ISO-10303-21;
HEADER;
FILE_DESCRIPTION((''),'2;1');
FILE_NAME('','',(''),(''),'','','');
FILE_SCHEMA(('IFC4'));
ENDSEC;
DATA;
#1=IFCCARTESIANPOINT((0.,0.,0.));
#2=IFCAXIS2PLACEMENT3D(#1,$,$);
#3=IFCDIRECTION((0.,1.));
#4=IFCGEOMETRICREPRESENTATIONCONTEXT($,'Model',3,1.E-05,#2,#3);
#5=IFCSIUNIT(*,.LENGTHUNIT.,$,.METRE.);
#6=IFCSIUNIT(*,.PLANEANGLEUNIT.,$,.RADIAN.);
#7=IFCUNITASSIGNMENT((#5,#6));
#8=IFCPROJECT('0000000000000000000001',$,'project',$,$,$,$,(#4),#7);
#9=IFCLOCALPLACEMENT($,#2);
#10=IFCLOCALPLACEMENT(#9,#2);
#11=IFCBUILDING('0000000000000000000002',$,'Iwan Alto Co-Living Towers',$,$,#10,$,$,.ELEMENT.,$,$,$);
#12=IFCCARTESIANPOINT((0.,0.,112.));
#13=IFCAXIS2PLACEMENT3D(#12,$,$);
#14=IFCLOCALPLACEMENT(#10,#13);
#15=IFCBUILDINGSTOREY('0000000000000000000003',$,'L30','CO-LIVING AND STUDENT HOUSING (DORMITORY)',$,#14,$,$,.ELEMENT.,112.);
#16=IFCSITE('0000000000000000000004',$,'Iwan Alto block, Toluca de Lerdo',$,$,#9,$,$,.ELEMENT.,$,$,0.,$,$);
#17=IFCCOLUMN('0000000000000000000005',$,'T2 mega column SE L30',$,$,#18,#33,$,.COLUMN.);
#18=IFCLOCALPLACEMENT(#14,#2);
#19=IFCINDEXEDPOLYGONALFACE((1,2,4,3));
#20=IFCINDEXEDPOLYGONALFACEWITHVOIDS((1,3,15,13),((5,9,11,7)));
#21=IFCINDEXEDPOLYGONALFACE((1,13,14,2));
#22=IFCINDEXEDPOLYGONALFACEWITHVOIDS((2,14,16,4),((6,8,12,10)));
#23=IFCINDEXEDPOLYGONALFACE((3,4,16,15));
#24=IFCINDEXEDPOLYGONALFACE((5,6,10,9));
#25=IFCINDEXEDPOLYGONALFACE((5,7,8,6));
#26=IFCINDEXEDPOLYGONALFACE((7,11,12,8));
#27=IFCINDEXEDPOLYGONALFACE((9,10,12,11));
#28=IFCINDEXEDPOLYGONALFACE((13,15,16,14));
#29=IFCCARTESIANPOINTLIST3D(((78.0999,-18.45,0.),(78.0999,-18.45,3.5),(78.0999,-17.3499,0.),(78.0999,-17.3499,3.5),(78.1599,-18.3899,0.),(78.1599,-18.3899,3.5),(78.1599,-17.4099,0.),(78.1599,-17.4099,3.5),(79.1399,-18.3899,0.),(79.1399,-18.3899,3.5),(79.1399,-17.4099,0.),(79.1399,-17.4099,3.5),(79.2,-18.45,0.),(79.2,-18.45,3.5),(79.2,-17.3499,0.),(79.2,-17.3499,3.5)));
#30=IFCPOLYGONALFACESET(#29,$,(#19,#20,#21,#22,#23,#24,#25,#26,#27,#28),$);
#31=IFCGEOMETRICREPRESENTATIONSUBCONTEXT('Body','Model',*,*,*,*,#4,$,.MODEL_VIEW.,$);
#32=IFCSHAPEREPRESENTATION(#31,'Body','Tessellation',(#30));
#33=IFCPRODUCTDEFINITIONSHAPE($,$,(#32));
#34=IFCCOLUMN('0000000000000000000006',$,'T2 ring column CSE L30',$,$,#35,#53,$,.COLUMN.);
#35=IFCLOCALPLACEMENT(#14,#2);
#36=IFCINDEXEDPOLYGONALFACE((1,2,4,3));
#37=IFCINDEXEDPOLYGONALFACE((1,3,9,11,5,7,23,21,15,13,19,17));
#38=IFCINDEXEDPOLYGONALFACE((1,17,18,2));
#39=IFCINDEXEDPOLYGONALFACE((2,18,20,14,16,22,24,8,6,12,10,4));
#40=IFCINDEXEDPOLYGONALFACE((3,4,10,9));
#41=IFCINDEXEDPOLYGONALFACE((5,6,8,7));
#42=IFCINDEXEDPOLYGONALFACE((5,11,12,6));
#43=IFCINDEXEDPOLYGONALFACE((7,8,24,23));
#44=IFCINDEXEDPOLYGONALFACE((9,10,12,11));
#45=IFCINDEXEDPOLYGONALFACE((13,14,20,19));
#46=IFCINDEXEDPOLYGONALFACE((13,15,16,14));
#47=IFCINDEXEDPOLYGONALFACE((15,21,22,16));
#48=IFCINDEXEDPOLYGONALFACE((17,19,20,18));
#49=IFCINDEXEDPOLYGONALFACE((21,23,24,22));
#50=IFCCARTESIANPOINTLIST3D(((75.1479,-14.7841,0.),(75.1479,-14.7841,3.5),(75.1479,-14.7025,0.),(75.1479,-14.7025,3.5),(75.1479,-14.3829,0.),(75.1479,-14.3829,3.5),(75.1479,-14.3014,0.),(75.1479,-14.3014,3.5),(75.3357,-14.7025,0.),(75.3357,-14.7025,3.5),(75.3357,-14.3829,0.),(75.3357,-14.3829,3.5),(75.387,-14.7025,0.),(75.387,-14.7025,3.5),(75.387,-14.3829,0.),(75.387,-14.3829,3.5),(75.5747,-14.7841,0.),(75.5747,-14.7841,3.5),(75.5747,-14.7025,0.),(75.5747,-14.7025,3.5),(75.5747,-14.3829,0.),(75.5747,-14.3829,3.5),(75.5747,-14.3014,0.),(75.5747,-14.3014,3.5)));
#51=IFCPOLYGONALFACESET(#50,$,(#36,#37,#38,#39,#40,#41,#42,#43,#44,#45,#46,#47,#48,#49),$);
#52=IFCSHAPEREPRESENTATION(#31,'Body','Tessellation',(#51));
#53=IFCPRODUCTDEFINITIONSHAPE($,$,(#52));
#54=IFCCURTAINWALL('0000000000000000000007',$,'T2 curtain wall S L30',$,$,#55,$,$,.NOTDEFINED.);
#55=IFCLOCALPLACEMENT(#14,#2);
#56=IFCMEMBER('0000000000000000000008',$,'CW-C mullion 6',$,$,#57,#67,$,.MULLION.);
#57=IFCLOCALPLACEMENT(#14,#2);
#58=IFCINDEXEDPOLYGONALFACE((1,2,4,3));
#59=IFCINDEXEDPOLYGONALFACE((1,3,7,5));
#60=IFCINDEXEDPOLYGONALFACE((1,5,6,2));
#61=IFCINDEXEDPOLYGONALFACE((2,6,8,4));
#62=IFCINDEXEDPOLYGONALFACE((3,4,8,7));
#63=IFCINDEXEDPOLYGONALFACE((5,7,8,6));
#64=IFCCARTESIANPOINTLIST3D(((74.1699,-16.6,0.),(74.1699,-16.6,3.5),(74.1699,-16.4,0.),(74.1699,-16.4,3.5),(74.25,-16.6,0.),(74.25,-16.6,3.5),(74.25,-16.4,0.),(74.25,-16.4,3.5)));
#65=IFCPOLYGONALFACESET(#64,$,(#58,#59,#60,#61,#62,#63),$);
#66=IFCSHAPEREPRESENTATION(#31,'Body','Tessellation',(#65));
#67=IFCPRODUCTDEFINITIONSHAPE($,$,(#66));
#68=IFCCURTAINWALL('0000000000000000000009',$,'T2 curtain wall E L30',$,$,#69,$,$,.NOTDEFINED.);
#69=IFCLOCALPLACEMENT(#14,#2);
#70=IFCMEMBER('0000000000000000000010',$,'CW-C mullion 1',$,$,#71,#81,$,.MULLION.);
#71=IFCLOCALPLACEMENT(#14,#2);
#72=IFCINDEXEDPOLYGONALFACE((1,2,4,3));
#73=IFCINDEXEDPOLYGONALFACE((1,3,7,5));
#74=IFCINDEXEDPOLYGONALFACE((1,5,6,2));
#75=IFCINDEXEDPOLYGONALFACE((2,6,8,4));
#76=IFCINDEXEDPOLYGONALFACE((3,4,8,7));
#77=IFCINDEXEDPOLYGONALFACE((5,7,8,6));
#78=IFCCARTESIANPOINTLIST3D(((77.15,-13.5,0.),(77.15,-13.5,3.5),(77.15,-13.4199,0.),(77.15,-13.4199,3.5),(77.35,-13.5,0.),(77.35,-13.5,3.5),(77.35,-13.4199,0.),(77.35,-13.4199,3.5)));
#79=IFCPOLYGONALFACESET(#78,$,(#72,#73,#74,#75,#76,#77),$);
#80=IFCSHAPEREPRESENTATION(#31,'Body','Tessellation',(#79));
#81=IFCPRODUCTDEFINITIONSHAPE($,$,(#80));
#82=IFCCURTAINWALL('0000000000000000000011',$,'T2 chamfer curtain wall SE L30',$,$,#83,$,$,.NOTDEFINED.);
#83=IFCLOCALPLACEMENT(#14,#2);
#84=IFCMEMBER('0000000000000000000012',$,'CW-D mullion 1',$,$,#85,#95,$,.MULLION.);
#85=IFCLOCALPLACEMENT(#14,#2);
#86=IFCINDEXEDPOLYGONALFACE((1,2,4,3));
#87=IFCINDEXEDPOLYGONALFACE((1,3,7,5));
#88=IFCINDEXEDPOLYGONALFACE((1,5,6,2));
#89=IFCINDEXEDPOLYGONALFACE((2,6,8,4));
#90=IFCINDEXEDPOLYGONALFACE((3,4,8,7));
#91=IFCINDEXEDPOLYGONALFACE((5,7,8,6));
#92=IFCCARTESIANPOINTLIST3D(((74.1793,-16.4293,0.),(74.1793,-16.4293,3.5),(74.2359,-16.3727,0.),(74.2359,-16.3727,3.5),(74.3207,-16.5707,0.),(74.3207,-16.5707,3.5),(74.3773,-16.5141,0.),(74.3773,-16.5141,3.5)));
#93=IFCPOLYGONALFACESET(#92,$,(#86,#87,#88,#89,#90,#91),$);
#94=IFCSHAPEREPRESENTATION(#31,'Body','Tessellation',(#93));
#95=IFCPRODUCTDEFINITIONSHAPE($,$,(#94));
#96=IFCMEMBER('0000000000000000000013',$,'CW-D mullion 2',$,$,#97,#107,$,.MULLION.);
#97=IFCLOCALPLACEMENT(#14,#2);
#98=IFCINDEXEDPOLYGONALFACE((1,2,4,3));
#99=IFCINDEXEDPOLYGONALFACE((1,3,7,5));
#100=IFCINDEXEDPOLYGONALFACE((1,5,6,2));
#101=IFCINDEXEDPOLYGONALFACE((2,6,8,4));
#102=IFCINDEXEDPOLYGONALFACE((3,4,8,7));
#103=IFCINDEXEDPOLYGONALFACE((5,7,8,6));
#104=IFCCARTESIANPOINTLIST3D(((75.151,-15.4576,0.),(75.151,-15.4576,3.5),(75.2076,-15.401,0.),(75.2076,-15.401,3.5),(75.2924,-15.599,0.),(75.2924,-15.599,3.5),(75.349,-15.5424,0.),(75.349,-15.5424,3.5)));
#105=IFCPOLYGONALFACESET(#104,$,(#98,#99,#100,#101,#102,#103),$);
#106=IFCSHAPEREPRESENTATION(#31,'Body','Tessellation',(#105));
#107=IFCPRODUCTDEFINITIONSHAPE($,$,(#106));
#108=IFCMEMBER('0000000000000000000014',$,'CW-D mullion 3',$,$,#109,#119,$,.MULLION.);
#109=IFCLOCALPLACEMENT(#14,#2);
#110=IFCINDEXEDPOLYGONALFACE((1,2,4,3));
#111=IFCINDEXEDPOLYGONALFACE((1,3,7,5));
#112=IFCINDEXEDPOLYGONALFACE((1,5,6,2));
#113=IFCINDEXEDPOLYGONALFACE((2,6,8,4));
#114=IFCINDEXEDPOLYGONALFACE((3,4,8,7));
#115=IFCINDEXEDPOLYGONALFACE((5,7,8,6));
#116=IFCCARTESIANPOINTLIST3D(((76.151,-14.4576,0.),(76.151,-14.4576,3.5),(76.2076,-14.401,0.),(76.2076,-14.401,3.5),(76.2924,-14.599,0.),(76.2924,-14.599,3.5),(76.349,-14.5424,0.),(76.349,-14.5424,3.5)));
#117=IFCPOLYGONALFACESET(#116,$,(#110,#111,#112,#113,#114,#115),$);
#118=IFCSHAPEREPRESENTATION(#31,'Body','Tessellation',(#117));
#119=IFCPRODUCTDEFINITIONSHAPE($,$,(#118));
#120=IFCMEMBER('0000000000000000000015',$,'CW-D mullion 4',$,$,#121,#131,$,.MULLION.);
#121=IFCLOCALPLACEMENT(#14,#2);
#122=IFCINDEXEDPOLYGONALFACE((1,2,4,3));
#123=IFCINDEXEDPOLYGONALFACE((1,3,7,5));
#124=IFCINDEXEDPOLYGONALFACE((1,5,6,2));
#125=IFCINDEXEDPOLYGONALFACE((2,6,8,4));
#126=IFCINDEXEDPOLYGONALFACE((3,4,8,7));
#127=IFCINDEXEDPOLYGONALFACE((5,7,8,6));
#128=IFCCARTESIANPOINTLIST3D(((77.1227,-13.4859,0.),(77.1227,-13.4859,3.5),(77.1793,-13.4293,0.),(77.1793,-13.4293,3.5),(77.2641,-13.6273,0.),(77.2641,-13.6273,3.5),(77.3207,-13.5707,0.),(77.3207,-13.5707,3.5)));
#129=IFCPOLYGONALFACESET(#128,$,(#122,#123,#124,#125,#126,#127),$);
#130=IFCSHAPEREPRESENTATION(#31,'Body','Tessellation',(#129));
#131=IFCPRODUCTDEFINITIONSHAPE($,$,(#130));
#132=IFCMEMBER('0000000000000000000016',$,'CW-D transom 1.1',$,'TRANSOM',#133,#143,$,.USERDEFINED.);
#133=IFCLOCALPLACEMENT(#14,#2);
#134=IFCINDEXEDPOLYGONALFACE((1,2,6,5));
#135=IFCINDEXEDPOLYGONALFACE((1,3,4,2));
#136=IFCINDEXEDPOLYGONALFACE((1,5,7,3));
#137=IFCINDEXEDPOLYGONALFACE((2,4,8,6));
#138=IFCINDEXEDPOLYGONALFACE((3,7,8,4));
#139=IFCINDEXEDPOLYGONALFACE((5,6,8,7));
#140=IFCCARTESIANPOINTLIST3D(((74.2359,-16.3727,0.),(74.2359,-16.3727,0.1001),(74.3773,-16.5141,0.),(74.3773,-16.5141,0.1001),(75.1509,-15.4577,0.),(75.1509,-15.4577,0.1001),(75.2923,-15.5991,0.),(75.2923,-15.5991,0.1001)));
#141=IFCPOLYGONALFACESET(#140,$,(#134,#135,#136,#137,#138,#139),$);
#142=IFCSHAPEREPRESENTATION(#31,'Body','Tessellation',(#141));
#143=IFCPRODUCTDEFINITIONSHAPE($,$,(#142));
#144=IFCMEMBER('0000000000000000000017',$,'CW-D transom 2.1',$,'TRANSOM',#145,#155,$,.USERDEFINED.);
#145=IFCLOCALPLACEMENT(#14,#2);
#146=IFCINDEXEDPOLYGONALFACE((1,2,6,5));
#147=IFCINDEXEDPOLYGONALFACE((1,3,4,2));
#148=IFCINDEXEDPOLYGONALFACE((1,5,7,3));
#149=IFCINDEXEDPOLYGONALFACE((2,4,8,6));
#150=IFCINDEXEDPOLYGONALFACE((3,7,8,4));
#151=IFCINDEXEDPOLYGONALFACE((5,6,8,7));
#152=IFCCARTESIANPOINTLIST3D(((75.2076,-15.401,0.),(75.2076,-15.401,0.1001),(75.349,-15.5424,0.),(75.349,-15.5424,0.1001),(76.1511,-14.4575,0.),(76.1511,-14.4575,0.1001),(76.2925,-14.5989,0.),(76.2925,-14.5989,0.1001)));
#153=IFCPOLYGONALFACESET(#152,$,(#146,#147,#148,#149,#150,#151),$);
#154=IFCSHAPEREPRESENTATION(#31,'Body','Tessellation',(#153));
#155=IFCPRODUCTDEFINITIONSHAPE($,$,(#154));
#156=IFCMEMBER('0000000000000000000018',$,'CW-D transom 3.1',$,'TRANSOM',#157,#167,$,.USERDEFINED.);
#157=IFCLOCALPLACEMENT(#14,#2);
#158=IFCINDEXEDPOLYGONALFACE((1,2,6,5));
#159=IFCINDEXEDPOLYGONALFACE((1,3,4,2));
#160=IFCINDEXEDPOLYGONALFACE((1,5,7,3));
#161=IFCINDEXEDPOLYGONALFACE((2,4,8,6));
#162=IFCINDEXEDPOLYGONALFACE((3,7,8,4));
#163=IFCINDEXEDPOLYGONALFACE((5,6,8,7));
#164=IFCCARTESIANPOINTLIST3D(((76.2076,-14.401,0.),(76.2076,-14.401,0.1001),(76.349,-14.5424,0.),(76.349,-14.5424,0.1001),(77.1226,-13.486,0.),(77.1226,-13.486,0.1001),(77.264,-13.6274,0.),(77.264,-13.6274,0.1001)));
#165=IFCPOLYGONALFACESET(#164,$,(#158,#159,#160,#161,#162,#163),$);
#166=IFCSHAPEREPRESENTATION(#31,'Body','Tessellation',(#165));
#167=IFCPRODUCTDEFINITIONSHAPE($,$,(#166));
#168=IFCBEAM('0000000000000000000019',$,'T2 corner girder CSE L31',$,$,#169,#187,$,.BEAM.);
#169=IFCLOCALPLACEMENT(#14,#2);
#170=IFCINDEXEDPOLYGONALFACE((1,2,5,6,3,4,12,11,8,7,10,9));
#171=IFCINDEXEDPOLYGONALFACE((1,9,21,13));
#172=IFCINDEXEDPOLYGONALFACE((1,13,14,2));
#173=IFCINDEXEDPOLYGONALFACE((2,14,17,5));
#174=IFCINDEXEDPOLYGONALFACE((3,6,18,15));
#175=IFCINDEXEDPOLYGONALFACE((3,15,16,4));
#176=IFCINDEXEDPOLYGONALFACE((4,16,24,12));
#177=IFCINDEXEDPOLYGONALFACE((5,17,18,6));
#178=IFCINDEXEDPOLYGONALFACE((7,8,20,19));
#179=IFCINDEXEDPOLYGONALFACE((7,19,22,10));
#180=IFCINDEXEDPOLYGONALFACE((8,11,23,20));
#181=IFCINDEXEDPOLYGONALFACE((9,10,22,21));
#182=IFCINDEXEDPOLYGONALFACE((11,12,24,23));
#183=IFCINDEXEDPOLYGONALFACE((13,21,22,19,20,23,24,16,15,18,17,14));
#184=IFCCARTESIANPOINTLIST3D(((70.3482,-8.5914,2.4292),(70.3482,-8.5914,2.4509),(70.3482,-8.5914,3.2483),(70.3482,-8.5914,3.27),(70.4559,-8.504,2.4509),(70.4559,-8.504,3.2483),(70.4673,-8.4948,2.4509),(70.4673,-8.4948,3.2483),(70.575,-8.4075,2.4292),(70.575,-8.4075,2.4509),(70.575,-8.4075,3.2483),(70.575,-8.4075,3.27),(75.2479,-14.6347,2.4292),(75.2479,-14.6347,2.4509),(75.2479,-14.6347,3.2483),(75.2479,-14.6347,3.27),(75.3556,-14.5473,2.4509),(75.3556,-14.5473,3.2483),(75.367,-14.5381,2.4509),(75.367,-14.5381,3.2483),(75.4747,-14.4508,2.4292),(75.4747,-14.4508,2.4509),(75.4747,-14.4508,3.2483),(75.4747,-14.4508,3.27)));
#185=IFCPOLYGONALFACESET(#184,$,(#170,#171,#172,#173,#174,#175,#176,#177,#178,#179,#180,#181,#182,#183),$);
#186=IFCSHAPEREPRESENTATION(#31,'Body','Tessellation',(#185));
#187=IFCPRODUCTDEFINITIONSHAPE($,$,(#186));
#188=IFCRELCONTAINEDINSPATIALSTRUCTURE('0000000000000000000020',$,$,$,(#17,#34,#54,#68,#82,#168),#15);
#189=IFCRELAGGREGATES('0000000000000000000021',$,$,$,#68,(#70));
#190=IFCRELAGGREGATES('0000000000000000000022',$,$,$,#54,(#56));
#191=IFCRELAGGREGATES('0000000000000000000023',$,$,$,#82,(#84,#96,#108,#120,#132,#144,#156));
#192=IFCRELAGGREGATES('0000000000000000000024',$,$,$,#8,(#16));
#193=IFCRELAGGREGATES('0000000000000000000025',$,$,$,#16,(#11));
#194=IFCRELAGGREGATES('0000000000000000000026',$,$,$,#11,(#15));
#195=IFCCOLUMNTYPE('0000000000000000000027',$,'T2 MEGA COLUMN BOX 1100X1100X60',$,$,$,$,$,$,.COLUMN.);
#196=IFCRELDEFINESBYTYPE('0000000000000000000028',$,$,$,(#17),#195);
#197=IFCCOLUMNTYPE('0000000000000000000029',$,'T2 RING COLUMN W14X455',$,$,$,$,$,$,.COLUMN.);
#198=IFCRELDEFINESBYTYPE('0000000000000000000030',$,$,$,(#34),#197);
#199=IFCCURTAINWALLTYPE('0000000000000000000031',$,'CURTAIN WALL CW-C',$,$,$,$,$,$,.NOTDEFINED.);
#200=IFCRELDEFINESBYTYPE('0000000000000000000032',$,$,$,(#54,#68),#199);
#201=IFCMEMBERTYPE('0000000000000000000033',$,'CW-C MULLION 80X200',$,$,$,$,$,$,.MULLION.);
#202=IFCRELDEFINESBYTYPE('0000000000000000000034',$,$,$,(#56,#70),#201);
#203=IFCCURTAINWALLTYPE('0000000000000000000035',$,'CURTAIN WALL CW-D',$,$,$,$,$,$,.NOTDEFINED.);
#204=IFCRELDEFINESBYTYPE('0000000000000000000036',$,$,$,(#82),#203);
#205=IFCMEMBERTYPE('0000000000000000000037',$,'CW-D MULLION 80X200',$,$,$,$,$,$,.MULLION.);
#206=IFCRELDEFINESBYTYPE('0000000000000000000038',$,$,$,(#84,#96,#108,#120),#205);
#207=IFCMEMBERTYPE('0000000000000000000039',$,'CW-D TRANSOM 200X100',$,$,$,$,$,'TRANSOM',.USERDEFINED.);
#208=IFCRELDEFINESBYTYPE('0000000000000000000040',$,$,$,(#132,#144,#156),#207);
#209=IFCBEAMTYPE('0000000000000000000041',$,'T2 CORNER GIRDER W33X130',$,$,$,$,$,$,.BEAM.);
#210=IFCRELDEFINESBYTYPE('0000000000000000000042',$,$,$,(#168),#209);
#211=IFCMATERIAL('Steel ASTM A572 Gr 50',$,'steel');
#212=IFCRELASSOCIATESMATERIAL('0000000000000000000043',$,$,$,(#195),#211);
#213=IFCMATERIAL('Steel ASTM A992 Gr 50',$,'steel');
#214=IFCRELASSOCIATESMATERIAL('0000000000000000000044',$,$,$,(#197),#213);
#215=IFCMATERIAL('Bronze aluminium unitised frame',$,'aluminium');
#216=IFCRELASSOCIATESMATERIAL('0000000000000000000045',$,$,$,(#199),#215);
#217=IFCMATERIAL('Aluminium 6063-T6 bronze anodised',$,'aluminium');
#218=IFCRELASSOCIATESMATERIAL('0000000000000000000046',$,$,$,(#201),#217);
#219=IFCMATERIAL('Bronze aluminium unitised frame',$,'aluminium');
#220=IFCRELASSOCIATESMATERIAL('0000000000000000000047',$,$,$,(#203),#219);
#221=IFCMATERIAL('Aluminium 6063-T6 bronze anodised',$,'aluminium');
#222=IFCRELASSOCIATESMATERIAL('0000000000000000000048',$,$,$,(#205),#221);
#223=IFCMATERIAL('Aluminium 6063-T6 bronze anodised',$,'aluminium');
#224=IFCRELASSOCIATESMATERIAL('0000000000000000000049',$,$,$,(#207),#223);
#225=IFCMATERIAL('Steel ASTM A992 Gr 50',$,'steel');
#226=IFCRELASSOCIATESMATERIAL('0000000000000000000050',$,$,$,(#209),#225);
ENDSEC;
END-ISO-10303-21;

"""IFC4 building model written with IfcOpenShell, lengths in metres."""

from ifc_helpers import new_model, si_unit, direction, frame, origin, origin_2d, place, context, subcontext, project, spatial, rectangle, hollow_rectangle, i_section, extrude, material, material_profile, profile_set, type_object, element, aggregate, save


model = new_model("IFC4")

# Units and contexts
model_context = context("Model", 3, precision=1e-05, world=origin(), true_north=direction((0.0, 1.0)))
body_context = subcontext(model_context, "Body", "Model", "MODEL_VIEW")
ifc_project = project(units=[si_unit("LENGTHUNIT", "METRE"), si_unit("PLANEANGLEUNIT", "RADIAN")], contexts=[model_context])

# Site, building, storey
site_placement = place(None, origin())
site = spatial("IfcSite", under=ifc_project, at=site_placement, Name="Iwan Alto block, Toluca de Lerdo", CompositionType="ELEMENT", RefElevation=0.0)
building_placement = place(site_placement, origin())
building = spatial("IfcBuilding", under=site, at=building_placement, Name="Iwan Alto Co-Living Towers", CompositionType="ELEMENT")
storey_placement = place(building_placement, frame((0.0, 0.0, 112.0)))
storey = spatial("IfcBuildingStorey", under=building, at=storey_placement, Name="L30", Description="CO-LIVING AND STUDENT HOUSING (DORMITORY)", CompositionType="ELEMENT", Elevation=112.0)

# Columns
ifc_material_1 = material(Name="Steel ASTM A572 Gr 50", Category="steel")
ifc_material_profile_1 = material_profile(ifc_material_1, hollow_rectangle(XDim=1.1001, YDim=1.1001, WallThickness=0.0601, at=origin_2d()), Name="BOX 1100X1100X60")
ifc_profile_set_1 = profile_set([ifc_material_profile_1], Name="Steel ASTM A572 Gr 50")
column_type_1 = type_object("IfcColumnType", Name="T2 MEGA COLUMN BOX 1100X1100X60", PredefinedType="COLUMN", material=ifc_profile_set_1)
column_1_placement = place(storey_placement, frame((78.6499, -17.8999, 0.0), z_axis=(0.0, 0.0, 1.0), x_axis=(1.0, 0.0, 0.0)))
element("IfcColumn", 1, at=column_1_placement, inside=storey, type_object=column_type_1, Name="T2 mega column SE L30", PredefinedType="COLUMN", context=body_context, shape_type="SweptSolid", body=[
    extrude(hollow_rectangle(XDim=1.1001, YDim=1.1001, WallThickness=0.0601, at=origin_2d()), origin(), (0.0, 0.0, 1.0), 3.5),
])
ifc_material_2 = material(Name="Steel ASTM A992 Gr 50", Category="steel")
ifc_material_profile_2 = material_profile(ifc_material_2, i_section(OverallWidth=0.4268, OverallDepth=0.4827, WebThickness=0.0513, FlangeThickness=0.0815, at=origin_2d()), Name="W14X455")
ifc_profile_set_2 = profile_set([ifc_material_profile_2], Name="Steel ASTM A992 Gr 50")
column_type_2 = type_object("IfcColumnType", Name="T2 RING COLUMN W14X455", PredefinedType="COLUMN", material=ifc_profile_set_2)
column_2_placement = place(storey_placement, frame((75.3613, -14.5427, 0.0), z_axis=(0.0, 0.0, 1.0), x_axis=(1.0, 0.0, 0.0)))
element("IfcColumn", 2, at=column_2_placement, inside=storey, type_object=column_type_2, Name="T2 ring column CSE L30", PredefinedType="COLUMN", context=body_context, shape_type="SweptSolid", body=[
    extrude(i_section(OverallWidth=0.4268, OverallDepth=0.4827, WebThickness=0.0513, FlangeThickness=0.0815, at=origin_2d()), origin(), (0.0, 0.0, 1.0), 3.5),
])

# Curtain walls, members
ifc_material_3 = material(Name="Bronze aluminium unitised frame", Category="aluminium")
curtain_wall_type_1 = type_object("IfcCurtainWallType", Name="CURTAIN WALL CW-C", PredefinedType="NOTDEFINED", material=ifc_material_3)
curtain_wall_1_placement = place(storey_placement, origin())
curtain_wall_1 = element("IfcCurtainWall", 3, at=curtain_wall_1_placement, inside=storey, type_object=curtain_wall_type_1, Name="T2 curtain wall S L30", PredefinedType="NOTDEFINED")
ifc_material_4 = material(Name="Aluminium 6063-T6 bronze anodised", Category="aluminium")
ifc_material_profile_3 = material_profile(ifc_material_4, rectangle(XDim=0.2, YDim=0.0801, at=origin_2d()), Name="AL 80X200")
ifc_profile_set_3 = profile_set([ifc_material_profile_3], Name="Aluminium 6063-T6 bronze anodised")
member_type_1 = type_object("IfcMemberType", Name="CW-C MULLION 80X200", PredefinedType="MULLION", material=ifc_profile_set_3)
member_1_placement = place(storey_placement, frame((74.21, -16.5, 0.0), z_axis=(0.0, 0.0, 1.0), x_axis=(0.0, 1.0, 0.0)))
member_1 = element("IfcMember", 4, at=member_1_placement, type_object=member_type_1, Name="CW-C mullion 6", PredefinedType="MULLION", context=body_context, shape_type="SweptSolid", body=[
    extrude(rectangle(XDim=0.2, YDim=0.0801, at=origin_2d()), origin(), (0.0, 0.0, 1.0), 3.5),
])
curtain_wall_2_placement = place(storey_placement, origin())
curtain_wall_2 = element("IfcCurtainWall", 5, at=curtain_wall_2_placement, inside=storey, type_object=curtain_wall_type_1, Name="T2 curtain wall E L30", PredefinedType="NOTDEFINED")
member_2_placement = place(storey_placement, frame((77.25, -13.46, 0.0), z_axis=(0.0, 0.0, 1.0), x_axis=(-1.0, 0.0, 0.0)))
member_2 = element("IfcMember", 6, at=member_2_placement, type_object=member_type_1, Name="CW-C mullion 1", PredefinedType="MULLION", context=body_context, shape_type="SweptSolid", body=[
    extrude(rectangle(XDim=0.2, YDim=0.0801, at=origin_2d()), origin(), (0.0, 0.0, 1.0), 3.5),
])
aggregate(curtain_wall_2, [member_2])

# Curtain wall, members
ifc_material_5 = material(Name="Bronze aluminium unitised frame", Category="aluminium")
curtain_wall_type_2 = type_object("IfcCurtainWallType", Name="CURTAIN WALL CW-D", PredefinedType="NOTDEFINED", material=ifc_material_5)
curtain_wall_3_placement = place(storey_placement, origin())
curtain_wall_3 = element("IfcCurtainWall", 7, at=curtain_wall_3_placement, inside=storey, type_object=curtain_wall_type_2, Name="T2 chamfer curtain wall SE L30", PredefinedType="NOTDEFINED")
ifc_material_6 = material(Name="Aluminium 6063-T6 bronze anodised", Category="aluminium")
ifc_material_profile_4 = material_profile(ifc_material_6, rectangle(XDim=0.2, YDim=0.0801, at=origin_2d()), Name="AL 80X200")
ifc_profile_set_4 = profile_set([ifc_material_profile_4], Name="Aluminium 6063-T6 bronze anodised")
member_type_2 = type_object("IfcMemberType", Name="CW-D MULLION 80X200", PredefinedType="MULLION", material=ifc_profile_set_4)
member_3_placement = place(storey_placement, frame((74.2783, -16.4717, 0.0), z_axis=(0.0, 0.0, 1.0), x_axis=(-0.707107, 0.707107, 0.0)))
member_3 = element("IfcMember", 8, at=member_3_placement, type_object=member_type_2, Name="CW-D mullion 1", PredefinedType="MULLION", context=body_context, shape_type="SweptSolid", body=[
    extrude(rectangle(XDim=0.2, YDim=0.0801, at=origin_2d()), origin(), (0.0, 0.0, 1.0), 3.5),
])
member_4_placement = place(storey_placement, frame((75.25, -15.5, 0.0), z_axis=(0.0, 0.0, 1.0), x_axis=(-0.707107, 0.707107, 0.0)))
member_4 = element("IfcMember", 9, at=member_4_placement, type_object=member_type_2, Name="CW-D mullion 2", PredefinedType="MULLION", context=body_context, shape_type="SweptSolid", body=[
    extrude(rectangle(XDim=0.2, YDim=0.0801, at=origin_2d()), origin(), (0.0, 0.0, 1.0), 3.5),
])
member_5_placement = place(storey_placement, frame((76.25, -14.5, 0.0), z_axis=(0.0, 0.0, 1.0), x_axis=(-0.707107, 0.707107, 0.0)))
member_5 = element("IfcMember", 10, at=member_5_placement, type_object=member_type_2, Name="CW-D mullion 3", PredefinedType="MULLION", context=body_context, shape_type="SweptSolid", body=[
    extrude(rectangle(XDim=0.2, YDim=0.0801, at=origin_2d()), origin(), (0.0, 0.0, 1.0), 3.5),
])
member_6_placement = place(storey_placement, frame((77.2217, -13.5283, 0.0), z_axis=(0.0, 0.0, 1.0), x_axis=(-0.707107, 0.707107, 0.0)))
member_6 = element("IfcMember", 11, at=member_6_placement, type_object=member_type_2, Name="CW-D mullion 4", PredefinedType="MULLION", context=body_context, shape_type="SweptSolid", body=[
    extrude(rectangle(XDim=0.2, YDim=0.0801, at=origin_2d()), origin(), (0.0, 0.0, 1.0), 3.5),
])
ifc_material_7 = material(Name="Aluminium 6063-T6 bronze anodised", Category="aluminium")
ifc_material_profile_5 = material_profile(ifc_material_7, rectangle(XDim=0.2, YDim=0.1001, at=origin_2d()), Name="AL 200X100")
ifc_profile_set_5 = profile_set([ifc_material_profile_5], Name="Aluminium 6063-T6 bronze anodised")
member_type_3 = type_object("IfcMemberType", Name="CW-D TRANSOM 200X100", ElementType="TRANSOM", PredefinedType="USERDEFINED", material=ifc_profile_set_5)
member_7_placement = place(storey_placement, frame((74.3066, -16.4434, 0.05), z_axis=(0.707107, 0.707107, 0.0), x_axis=(-0.707107, 0.707107, 0.0)))
member_7 = element("IfcMember", 12, at=member_7_placement, type_object=member_type_3, Name="CW-D transom 1.1", ObjectType="TRANSOM", PredefinedType="USERDEFINED", context=body_context, shape_type="SweptSolid", body=[
    extrude(rectangle(XDim=0.2, YDim=0.1001, at=origin_2d()), origin(), (0.0, 0.0, 1.0), 1.2939),
])
member_8_placement = place(storey_placement, frame((75.2783, -15.4717, 0.05), z_axis=(0.707107, 0.707107, 0.0), x_axis=(-0.707107, 0.707107, 0.0)))
member_8 = element("IfcMember", 13, at=member_8_placement, type_object=member_type_3, Name="CW-D transom 2.1", ObjectType="TRANSOM", PredefinedType="USERDEFINED", context=body_context, shape_type="SweptSolid", body=[
    extrude(rectangle(XDim=0.2, YDim=0.1001, at=origin_2d()), origin(), (0.0, 0.0, 1.0), 1.3342),
])
member_9_placement = place(storey_placement, frame((76.2783, -14.4717, 0.05), z_axis=(0.707107, 0.707107, 0.0), x_axis=(-0.707107, 0.707107, 0.0)))
member_9 = element("IfcMember", 14, at=member_9_placement, type_object=member_type_3, Name="CW-D transom 3.1", ObjectType="TRANSOM", PredefinedType="USERDEFINED", context=body_context, shape_type="SweptSolid", body=[
    extrude(rectangle(XDim=0.2, YDim=0.1001, at=origin_2d()), origin(), (0.0, 0.0, 1.0), 1.2939),
])

# Beam
ifc_material_8 = material(Name="Steel ASTM A992 Gr 50", Category="steel")
ifc_material_profile_6 = material_profile(ifc_material_8, i_section(OverallWidth=0.292, OverallDepth=0.8408, WebThickness=0.0146, FlangeThickness=0.0217, at=origin_2d()), Name="W33X130")
ifc_profile_set_6 = profile_set([ifc_material_profile_6], Name="Steel ASTM A992 Gr 50")
beam_type_1 = type_object("IfcBeamType", Name="T2 CORNER GIRDER W33X130", PredefinedType="BEAM", material=ifc_profile_set_6)
beam_1_placement = place(storey_placement, frame((75.3613, -14.5427, 2.8496), z_axis=(-0.629783, 0.776771, 0.0), x_axis=(-0.776771, -0.629783, 0.0)))
element("IfcBeam", 15, at=beam_1_placement, inside=storey, type_object=beam_type_1, Name="T2 corner girder CSE L31", PredefinedType="BEAM", context=body_context, shape_type="SweptSolid", body=[
    extrude(i_section(OverallWidth=0.292, OverallDepth=0.8408, WebThickness=0.0146, FlangeThickness=0.0217, at=origin_2d()), origin(), (0.0, 0.0, 1.0), 7.78),
])

aggregate(curtain_wall_1, [member_1])
aggregate(curtain_wall_3, [member_3, member_4, member_5, member_6, member_7, member_8, member_9])

save(model, "model.ifc")
